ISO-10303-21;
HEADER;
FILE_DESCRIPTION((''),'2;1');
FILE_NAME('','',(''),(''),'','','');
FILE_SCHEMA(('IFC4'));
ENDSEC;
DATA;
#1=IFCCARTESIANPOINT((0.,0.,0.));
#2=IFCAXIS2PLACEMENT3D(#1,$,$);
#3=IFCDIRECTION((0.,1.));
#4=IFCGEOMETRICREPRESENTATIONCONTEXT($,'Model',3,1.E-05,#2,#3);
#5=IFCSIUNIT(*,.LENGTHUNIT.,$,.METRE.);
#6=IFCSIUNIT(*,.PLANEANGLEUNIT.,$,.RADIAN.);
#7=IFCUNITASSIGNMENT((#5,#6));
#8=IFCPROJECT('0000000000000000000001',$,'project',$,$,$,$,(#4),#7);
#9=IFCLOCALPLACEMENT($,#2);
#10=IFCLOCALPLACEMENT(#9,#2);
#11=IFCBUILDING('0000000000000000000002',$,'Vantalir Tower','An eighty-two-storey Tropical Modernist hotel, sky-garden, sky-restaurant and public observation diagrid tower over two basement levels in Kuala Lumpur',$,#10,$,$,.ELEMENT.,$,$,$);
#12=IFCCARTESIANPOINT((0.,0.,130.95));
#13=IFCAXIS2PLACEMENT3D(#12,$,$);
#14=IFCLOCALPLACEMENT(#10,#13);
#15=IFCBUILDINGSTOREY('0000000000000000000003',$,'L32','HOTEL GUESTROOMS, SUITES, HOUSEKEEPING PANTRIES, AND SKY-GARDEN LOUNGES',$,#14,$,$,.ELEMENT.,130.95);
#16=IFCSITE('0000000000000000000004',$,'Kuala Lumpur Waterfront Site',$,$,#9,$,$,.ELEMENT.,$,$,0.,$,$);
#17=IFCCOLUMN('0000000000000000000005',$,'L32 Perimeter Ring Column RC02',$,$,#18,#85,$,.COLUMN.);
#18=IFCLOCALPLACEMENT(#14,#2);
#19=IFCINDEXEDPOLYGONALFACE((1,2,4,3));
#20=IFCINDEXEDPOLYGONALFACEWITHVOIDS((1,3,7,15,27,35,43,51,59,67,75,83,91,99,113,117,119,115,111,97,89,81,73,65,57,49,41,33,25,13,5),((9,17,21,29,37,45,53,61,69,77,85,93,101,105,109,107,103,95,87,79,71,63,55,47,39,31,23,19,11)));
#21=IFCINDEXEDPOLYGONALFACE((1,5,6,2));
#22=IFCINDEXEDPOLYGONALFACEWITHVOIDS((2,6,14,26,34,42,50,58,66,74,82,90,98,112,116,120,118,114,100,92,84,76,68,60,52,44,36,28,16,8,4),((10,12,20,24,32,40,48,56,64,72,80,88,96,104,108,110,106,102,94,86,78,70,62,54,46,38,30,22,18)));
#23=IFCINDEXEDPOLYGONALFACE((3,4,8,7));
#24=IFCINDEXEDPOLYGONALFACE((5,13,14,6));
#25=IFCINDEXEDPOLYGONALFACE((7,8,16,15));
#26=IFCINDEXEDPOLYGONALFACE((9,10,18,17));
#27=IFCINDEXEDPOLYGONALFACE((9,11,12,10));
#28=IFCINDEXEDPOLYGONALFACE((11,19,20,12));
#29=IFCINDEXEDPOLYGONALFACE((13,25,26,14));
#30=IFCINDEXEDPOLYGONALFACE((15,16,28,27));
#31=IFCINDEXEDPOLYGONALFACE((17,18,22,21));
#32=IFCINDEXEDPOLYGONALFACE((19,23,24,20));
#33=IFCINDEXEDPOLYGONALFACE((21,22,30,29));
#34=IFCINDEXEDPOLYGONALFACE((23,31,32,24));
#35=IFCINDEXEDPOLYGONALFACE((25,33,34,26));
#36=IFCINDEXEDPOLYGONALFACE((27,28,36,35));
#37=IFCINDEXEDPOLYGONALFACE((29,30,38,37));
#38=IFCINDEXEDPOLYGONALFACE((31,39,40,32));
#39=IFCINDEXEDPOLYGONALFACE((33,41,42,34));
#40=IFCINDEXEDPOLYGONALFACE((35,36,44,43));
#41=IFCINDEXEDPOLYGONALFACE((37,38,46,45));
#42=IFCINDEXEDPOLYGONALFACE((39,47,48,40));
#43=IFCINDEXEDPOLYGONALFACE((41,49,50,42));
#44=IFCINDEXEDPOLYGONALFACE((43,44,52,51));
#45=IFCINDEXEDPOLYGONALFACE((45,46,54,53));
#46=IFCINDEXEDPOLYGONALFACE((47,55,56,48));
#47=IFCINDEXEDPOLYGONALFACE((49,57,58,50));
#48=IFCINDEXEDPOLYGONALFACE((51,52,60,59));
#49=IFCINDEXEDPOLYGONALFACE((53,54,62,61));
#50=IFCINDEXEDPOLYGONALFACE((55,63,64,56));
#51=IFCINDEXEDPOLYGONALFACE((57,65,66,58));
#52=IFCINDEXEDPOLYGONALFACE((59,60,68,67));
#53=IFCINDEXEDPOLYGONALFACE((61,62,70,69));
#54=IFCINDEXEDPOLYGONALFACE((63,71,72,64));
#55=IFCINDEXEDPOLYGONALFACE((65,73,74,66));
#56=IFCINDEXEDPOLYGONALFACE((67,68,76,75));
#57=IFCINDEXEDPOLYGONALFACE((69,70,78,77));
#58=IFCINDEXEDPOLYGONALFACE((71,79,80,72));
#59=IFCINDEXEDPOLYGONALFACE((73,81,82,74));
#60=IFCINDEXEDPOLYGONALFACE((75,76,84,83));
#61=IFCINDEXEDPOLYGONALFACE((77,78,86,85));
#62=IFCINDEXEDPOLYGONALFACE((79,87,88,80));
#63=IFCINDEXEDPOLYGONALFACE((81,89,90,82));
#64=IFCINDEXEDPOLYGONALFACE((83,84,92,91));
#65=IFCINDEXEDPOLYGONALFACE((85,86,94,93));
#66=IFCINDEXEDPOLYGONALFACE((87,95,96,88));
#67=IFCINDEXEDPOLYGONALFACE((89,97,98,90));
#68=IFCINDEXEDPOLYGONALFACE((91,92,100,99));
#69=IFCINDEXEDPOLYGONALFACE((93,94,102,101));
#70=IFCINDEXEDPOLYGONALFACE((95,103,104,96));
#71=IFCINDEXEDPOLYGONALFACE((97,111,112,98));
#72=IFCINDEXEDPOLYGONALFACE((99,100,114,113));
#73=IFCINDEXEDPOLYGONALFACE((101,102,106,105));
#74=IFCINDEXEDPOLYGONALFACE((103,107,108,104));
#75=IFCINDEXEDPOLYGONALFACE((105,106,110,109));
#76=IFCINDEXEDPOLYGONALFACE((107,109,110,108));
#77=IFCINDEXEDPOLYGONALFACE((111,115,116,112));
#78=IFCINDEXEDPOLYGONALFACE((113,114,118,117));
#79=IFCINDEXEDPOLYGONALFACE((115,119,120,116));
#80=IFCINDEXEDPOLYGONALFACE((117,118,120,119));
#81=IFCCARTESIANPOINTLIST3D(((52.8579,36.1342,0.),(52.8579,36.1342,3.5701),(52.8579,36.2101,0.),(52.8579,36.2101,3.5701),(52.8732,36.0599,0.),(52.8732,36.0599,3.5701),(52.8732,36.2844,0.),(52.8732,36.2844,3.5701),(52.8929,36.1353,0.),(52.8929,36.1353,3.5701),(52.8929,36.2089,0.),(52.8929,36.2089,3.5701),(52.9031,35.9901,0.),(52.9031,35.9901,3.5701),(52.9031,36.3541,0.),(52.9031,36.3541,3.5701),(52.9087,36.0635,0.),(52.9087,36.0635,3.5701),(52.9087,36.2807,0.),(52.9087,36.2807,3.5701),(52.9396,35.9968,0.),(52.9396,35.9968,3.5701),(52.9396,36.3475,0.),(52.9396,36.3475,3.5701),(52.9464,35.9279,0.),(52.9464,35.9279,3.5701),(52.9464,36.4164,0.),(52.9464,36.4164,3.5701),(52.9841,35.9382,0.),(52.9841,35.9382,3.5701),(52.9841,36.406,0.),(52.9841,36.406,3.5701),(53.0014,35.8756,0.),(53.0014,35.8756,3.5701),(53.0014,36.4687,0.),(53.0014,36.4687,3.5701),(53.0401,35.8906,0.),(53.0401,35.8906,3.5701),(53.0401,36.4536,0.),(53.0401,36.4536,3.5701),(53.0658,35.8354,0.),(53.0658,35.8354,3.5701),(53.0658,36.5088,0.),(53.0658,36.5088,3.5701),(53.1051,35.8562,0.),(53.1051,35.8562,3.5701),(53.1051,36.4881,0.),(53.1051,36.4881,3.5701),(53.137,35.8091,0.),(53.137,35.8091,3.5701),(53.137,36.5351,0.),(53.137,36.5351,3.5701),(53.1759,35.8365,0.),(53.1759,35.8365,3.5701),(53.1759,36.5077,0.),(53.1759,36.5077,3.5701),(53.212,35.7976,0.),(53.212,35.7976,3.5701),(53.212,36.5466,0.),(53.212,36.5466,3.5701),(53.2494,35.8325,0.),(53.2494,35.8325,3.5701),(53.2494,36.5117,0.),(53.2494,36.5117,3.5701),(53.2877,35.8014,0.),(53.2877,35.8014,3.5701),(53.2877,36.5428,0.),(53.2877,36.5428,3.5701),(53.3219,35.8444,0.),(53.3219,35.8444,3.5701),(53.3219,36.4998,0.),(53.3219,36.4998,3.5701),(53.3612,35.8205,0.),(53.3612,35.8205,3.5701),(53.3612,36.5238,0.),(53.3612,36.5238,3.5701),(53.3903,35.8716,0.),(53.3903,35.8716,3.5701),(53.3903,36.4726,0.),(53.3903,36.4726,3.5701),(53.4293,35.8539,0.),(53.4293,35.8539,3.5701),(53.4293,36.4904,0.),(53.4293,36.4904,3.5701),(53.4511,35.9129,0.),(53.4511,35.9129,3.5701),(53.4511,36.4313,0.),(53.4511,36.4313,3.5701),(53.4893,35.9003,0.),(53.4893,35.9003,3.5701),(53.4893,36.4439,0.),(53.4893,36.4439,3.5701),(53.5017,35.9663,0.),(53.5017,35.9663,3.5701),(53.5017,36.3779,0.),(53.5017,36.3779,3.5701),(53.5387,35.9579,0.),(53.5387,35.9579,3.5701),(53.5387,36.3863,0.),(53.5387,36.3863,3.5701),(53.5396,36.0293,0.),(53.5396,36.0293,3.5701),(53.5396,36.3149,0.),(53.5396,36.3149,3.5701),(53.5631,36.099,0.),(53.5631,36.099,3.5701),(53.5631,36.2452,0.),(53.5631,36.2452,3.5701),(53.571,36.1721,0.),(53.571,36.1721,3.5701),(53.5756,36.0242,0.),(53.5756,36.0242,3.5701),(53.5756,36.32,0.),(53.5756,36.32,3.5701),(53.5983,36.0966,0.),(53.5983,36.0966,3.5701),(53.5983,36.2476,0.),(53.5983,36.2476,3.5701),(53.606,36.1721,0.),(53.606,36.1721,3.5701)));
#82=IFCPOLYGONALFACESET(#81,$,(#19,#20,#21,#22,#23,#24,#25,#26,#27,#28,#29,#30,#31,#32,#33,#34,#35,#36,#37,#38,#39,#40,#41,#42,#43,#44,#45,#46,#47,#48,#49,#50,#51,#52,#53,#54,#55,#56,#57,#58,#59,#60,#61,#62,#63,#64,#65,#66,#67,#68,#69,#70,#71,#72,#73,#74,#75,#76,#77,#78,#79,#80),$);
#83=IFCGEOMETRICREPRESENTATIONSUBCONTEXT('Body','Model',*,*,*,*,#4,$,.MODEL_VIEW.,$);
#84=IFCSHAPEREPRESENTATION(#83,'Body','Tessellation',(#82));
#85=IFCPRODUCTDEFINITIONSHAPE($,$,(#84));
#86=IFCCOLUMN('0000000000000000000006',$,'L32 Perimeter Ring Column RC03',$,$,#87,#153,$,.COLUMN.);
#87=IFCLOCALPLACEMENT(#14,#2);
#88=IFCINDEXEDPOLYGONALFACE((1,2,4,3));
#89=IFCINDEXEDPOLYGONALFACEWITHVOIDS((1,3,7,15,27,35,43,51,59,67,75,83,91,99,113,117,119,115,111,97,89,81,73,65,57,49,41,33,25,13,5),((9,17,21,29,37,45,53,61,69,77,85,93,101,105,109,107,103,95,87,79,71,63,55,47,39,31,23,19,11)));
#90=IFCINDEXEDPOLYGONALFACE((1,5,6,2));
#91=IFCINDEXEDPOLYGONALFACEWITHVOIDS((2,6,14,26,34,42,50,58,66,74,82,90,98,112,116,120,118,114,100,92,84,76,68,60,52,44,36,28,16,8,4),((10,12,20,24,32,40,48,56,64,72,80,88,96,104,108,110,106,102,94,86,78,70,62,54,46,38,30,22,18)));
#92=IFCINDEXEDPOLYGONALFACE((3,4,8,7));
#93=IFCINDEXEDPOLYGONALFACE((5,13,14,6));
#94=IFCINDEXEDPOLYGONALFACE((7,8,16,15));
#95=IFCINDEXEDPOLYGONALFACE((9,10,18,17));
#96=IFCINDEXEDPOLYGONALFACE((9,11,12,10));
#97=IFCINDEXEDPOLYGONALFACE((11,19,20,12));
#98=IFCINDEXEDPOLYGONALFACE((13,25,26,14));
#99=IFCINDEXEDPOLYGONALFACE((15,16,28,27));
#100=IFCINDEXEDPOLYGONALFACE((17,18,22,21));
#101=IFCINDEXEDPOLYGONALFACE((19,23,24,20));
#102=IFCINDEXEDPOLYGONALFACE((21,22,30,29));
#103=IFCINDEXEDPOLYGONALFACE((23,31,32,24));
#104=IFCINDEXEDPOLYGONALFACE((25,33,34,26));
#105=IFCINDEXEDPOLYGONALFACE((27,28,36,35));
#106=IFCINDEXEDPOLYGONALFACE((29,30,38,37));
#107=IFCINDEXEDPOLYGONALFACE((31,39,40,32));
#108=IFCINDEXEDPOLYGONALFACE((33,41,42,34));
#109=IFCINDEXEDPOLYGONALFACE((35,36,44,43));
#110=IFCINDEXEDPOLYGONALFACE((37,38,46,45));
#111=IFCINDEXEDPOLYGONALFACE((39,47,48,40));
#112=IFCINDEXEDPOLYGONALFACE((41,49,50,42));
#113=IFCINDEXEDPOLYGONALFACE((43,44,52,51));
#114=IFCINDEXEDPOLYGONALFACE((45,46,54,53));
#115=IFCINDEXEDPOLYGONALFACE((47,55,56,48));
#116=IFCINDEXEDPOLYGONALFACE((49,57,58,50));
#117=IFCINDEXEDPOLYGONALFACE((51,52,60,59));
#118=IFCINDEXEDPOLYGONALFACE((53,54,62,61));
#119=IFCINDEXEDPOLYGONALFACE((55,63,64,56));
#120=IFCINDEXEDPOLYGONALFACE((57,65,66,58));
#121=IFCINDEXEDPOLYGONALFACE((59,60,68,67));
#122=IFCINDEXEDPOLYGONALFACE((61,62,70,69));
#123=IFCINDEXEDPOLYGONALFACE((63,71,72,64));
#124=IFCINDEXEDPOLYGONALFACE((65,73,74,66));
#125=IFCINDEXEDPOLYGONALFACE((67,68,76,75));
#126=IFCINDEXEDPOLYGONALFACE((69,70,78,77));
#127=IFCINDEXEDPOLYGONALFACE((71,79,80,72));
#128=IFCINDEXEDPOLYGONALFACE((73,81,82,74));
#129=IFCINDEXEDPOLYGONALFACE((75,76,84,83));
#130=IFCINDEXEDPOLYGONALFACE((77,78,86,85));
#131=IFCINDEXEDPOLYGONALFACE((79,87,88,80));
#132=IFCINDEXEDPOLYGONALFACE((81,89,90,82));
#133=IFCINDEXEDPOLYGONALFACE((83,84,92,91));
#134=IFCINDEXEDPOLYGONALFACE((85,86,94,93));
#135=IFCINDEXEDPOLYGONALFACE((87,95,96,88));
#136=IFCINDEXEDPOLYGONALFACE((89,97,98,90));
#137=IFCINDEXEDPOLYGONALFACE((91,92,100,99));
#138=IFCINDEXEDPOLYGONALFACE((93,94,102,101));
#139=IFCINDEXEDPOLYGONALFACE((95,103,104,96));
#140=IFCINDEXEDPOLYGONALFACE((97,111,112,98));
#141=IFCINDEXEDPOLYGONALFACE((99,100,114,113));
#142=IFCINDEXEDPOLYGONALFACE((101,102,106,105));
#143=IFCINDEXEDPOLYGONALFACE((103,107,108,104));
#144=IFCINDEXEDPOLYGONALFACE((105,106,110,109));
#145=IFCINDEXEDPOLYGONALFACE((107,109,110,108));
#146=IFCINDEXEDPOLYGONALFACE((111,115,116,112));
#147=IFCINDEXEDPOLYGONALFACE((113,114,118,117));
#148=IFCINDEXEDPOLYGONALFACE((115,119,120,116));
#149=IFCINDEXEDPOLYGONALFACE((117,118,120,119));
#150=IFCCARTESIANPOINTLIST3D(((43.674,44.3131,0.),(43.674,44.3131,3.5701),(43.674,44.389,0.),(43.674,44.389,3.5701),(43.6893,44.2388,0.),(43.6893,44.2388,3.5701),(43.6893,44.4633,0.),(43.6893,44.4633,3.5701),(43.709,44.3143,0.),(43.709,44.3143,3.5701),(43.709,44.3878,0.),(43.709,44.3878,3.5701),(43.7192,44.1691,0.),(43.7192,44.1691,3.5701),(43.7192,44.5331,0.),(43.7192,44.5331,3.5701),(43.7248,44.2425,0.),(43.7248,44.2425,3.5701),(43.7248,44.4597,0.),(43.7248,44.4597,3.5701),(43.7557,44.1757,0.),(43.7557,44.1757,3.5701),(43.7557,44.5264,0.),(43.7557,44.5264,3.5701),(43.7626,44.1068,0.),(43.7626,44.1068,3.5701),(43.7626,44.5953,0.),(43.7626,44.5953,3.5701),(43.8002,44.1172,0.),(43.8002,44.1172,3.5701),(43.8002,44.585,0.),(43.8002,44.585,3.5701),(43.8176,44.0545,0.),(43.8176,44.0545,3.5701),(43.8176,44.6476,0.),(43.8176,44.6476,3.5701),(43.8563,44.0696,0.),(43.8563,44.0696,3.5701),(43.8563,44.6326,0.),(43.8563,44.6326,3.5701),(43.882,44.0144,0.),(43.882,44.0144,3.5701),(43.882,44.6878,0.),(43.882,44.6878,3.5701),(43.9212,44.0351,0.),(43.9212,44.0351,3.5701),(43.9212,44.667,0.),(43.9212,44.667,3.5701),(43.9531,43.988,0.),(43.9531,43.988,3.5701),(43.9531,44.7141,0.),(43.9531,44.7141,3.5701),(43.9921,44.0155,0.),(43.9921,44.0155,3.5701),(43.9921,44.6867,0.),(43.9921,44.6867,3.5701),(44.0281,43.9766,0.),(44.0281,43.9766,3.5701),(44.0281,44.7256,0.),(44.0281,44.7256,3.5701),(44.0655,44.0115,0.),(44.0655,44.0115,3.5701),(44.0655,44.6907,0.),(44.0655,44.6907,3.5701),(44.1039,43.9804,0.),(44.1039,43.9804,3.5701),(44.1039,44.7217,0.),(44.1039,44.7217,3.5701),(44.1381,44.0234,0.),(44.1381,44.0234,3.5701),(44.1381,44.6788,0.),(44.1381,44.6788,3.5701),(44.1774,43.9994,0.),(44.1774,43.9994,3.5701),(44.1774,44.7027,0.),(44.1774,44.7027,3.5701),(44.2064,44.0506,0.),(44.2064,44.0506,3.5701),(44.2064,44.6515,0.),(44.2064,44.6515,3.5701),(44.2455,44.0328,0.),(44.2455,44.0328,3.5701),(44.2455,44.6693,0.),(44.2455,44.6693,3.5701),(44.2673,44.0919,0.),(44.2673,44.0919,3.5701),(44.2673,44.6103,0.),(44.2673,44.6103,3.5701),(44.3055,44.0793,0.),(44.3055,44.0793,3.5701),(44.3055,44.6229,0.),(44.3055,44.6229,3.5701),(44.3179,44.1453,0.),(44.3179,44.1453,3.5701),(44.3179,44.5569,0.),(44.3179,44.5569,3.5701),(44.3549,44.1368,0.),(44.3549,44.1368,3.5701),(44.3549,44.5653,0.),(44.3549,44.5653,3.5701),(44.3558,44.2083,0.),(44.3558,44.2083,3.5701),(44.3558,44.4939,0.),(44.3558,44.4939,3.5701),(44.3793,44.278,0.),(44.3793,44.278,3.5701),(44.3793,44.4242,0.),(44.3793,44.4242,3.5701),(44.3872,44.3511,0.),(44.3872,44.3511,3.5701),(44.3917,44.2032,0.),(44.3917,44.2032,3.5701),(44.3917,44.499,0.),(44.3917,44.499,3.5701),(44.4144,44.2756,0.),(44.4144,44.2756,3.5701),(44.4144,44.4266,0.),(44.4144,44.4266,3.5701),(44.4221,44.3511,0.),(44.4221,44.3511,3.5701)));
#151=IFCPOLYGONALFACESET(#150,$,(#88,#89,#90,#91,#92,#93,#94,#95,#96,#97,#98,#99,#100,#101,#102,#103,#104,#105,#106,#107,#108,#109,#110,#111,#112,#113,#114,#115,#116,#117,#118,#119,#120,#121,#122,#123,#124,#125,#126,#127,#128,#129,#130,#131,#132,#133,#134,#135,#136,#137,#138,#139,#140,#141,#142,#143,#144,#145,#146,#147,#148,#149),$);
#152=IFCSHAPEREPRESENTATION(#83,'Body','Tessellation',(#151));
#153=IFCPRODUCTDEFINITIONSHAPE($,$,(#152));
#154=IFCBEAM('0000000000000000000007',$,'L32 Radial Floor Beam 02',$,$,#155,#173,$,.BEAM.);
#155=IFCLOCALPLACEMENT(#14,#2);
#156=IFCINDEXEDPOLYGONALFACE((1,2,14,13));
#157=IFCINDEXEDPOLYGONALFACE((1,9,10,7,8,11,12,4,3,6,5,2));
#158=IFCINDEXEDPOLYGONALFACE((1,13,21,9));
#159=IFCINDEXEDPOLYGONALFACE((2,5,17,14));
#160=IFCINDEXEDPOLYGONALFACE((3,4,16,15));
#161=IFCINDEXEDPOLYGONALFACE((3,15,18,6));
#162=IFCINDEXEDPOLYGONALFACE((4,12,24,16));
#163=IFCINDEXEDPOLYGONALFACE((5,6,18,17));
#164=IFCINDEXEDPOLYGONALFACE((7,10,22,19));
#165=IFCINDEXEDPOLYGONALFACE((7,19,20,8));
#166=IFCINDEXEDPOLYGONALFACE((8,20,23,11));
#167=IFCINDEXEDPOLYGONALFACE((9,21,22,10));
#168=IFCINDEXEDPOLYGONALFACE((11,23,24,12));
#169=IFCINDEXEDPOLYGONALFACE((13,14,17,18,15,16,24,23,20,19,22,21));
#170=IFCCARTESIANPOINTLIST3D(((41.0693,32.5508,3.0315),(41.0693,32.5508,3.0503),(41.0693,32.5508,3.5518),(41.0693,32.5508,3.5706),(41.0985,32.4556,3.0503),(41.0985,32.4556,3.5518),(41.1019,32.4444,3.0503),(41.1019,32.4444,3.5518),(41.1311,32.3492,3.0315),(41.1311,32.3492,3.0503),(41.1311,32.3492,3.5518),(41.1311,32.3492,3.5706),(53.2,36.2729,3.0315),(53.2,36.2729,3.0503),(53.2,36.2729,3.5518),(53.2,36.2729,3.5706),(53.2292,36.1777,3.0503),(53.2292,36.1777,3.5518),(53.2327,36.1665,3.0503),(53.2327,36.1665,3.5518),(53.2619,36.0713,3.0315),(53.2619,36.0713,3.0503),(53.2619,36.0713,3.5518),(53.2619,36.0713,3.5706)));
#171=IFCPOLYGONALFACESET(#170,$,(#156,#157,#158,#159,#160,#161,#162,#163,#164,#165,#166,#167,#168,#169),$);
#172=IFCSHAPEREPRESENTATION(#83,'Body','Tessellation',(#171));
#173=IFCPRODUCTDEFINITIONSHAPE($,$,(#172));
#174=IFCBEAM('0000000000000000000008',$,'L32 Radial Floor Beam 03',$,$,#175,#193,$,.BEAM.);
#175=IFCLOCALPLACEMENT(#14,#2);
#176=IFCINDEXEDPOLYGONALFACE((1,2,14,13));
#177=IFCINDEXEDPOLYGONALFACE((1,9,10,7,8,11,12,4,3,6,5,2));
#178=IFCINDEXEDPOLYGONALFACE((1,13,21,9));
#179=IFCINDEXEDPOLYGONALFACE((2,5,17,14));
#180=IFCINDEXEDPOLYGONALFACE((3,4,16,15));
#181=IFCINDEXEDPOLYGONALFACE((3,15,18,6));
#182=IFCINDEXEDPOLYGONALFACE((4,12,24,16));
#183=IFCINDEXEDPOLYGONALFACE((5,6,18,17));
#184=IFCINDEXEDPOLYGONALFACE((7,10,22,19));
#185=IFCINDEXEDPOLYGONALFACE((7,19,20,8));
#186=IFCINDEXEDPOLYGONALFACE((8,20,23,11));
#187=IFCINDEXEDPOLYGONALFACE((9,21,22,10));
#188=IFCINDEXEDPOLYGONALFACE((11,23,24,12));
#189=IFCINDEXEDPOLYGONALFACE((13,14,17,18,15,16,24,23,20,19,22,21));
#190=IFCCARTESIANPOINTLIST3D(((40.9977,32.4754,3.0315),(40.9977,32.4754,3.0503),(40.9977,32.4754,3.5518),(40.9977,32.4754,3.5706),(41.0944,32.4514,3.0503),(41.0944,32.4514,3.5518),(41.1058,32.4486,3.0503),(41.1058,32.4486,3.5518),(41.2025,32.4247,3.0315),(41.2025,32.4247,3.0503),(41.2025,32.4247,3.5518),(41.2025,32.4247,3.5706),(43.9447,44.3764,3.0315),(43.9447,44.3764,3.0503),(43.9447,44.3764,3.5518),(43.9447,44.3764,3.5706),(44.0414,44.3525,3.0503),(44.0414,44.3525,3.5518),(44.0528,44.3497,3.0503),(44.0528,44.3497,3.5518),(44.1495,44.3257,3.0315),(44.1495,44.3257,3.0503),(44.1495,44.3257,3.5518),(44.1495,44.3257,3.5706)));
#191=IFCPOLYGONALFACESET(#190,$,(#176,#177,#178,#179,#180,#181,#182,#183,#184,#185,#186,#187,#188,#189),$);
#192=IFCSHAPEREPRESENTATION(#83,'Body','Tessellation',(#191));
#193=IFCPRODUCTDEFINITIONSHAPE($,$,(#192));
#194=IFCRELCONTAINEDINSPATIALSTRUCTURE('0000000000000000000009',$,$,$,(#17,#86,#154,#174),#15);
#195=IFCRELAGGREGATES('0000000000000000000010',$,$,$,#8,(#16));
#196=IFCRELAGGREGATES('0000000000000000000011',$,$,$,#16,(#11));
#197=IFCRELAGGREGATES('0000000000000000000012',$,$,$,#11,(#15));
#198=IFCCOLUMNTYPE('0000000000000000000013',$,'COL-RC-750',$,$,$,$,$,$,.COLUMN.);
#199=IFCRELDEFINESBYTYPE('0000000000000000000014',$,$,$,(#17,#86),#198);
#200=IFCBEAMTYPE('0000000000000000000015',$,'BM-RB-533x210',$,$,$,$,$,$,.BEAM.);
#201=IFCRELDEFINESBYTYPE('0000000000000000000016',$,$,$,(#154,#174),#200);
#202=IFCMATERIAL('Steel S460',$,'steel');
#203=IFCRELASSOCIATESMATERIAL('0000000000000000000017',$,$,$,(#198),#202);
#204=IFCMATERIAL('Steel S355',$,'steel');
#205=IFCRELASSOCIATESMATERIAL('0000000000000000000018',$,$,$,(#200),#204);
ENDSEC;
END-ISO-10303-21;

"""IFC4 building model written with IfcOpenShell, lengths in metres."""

from ifc_helpers import new_model, si_unit, direction, frame, origin, origin_2d, place, context, subcontext, project, spatial, hollow_circle, i_section, extrude, material, material_profile, profile_set, type_object, element, save


model = new_model("IFC4")

# Units and contexts
model_context = context("Model", 3, precision=1e-05, world=origin(), true_north=direction((0.0, 1.0)))
body_context = subcontext(model_context, "Body", "Model", "MODEL_VIEW")
ifc_project = project(units=[si_unit("LENGTHUNIT", "METRE"), si_unit("PLANEANGLEUNIT", "RADIAN")], contexts=[model_context])

# Site, building, storey
site_placement = place(None, origin())
site = spatial("IfcSite", under=ifc_project, at=site_placement, Name="Kuala Lumpur Waterfront Site", CompositionType="ELEMENT", RefElevation=0.0)
building_placement = place(site_placement, origin())
building = spatial("IfcBuilding", under=site, at=building_placement, Name="Vantalir Tower", Description="An eighty-two-storey Tropical Modernist hotel, sky-garden, sky-restaurant and public observation diagrid tower over two basement levels in Kuala Lumpur", CompositionType="ELEMENT")
storey_placement = place(building_placement, frame((0.0, 0.0, 130.95)))
storey = spatial("IfcBuildingStorey", under=building, at=storey_placement, Name="L32", Description="HOTEL GUESTROOMS, SUITES, HOUSEKEEPING PANTRIES, AND SKY-GARDEN LOUNGES", CompositionType="ELEMENT", Elevation=130.95)

# Columns
ifc_material_1 = material(Name="Steel S460", Category="steel")
ifc_material_profile_1 = material_profile(ifc_material_1, hollow_circle(Radius=0.375, WallThickness=0.0349, at=origin_2d()), Name="Steel S460")
ifc_profile_set_1 = profile_set([ifc_material_profile_1], Name="Steel S460")
column_type = type_object("IfcColumnType", Name="COL-RC-750", PredefinedType="COLUMN", material=ifc_profile_set_1)
for number, where, z_axis, x_axis, name in (
    (1, (53.231, 36.1721, 0.0), (0.0, 0.0, 1.0), (1.0, 0.0, 0.0), "L32 Perimeter Ring Column RC02"),
    (2, (44.0471, 44.3511, 0.0), (0.0, 0.0, 1.0), (1.0, 0.0, 0.0), "L32 Perimeter Ring Column RC03"),
):
    element("IfcColumn", number, at=place(storey_placement, frame(where, z_axis=z_axis, x_axis=x_axis)), inside=storey, type_object=column_type, Name=name, PredefinedType="COLUMN", context=body_context, shape_type="SweptSolid", body=[
        extrude(hollow_circle(Radius=0.375, WallThickness=0.0349, at=origin_2d()), origin(), (0.0, 0.0, 1.0), 3.5701),
    ])

# Beams
ifc_material_2 = material(Name="Steel S355", Category="steel")
ifc_material_profile_2 = material_profile(ifc_material_2, i_section(OverallWidth=0.2109, OverallDepth=0.5391, WebThickness=0.0117, FlangeThickness=0.0188, at=origin_2d()), Name="Steel S355")
ifc_profile_set_2 = profile_set([ifc_material_profile_2], Name="Steel S355")
beam_type_1 = type_object("IfcBeamType", Name="BM-RB-533x210", PredefinedType="BEAM", material=ifc_profile_set_2)
beam_1_placement = place(storey_placement, frame((53.231, 36.1721, 3.301), z_axis=(-0.956009, -0.293337, 0.0), x_axis=(0.293337, -0.956009, 0.0)))
element("IfcBeam", 3, at=beam_1_placement, inside=storey, type_object=beam_type_1, Name="L32 Radial Floor Beam 02", PredefinedType="BEAM", context=body_context, shape_type="SweptSolid", body=[
    extrude(i_section(OverallWidth=0.2109, OverallDepth=0.5391, WebThickness=0.0117, FlangeThickness=0.0188, at=origin_2d()), origin(), (0.0, 0.0, 1.0), 12.689),
])
beam_2_placement = place(storey_placement, frame((44.0471, 44.3511, 3.301), z_axis=(-0.240366, -0.970682, 0.0), x_axis=(0.970682, -0.240366, 0.0)))
element("IfcBeam", 4, at=beam_2_placement, inside=storey, type_object=beam_type_1, Name="L32 Radial Floor Beam 03", PredefinedType="BEAM", context=body_context, shape_type="SweptSolid", body=[
    extrude(i_section(OverallWidth=0.2109, OverallDepth=0.5391, WebThickness=0.0117, FlangeThickness=0.0188, at=origin_2d()), origin(), (0.0, 0.0, 1.0), 12.2605),
])

save(model, "model.ifc")
